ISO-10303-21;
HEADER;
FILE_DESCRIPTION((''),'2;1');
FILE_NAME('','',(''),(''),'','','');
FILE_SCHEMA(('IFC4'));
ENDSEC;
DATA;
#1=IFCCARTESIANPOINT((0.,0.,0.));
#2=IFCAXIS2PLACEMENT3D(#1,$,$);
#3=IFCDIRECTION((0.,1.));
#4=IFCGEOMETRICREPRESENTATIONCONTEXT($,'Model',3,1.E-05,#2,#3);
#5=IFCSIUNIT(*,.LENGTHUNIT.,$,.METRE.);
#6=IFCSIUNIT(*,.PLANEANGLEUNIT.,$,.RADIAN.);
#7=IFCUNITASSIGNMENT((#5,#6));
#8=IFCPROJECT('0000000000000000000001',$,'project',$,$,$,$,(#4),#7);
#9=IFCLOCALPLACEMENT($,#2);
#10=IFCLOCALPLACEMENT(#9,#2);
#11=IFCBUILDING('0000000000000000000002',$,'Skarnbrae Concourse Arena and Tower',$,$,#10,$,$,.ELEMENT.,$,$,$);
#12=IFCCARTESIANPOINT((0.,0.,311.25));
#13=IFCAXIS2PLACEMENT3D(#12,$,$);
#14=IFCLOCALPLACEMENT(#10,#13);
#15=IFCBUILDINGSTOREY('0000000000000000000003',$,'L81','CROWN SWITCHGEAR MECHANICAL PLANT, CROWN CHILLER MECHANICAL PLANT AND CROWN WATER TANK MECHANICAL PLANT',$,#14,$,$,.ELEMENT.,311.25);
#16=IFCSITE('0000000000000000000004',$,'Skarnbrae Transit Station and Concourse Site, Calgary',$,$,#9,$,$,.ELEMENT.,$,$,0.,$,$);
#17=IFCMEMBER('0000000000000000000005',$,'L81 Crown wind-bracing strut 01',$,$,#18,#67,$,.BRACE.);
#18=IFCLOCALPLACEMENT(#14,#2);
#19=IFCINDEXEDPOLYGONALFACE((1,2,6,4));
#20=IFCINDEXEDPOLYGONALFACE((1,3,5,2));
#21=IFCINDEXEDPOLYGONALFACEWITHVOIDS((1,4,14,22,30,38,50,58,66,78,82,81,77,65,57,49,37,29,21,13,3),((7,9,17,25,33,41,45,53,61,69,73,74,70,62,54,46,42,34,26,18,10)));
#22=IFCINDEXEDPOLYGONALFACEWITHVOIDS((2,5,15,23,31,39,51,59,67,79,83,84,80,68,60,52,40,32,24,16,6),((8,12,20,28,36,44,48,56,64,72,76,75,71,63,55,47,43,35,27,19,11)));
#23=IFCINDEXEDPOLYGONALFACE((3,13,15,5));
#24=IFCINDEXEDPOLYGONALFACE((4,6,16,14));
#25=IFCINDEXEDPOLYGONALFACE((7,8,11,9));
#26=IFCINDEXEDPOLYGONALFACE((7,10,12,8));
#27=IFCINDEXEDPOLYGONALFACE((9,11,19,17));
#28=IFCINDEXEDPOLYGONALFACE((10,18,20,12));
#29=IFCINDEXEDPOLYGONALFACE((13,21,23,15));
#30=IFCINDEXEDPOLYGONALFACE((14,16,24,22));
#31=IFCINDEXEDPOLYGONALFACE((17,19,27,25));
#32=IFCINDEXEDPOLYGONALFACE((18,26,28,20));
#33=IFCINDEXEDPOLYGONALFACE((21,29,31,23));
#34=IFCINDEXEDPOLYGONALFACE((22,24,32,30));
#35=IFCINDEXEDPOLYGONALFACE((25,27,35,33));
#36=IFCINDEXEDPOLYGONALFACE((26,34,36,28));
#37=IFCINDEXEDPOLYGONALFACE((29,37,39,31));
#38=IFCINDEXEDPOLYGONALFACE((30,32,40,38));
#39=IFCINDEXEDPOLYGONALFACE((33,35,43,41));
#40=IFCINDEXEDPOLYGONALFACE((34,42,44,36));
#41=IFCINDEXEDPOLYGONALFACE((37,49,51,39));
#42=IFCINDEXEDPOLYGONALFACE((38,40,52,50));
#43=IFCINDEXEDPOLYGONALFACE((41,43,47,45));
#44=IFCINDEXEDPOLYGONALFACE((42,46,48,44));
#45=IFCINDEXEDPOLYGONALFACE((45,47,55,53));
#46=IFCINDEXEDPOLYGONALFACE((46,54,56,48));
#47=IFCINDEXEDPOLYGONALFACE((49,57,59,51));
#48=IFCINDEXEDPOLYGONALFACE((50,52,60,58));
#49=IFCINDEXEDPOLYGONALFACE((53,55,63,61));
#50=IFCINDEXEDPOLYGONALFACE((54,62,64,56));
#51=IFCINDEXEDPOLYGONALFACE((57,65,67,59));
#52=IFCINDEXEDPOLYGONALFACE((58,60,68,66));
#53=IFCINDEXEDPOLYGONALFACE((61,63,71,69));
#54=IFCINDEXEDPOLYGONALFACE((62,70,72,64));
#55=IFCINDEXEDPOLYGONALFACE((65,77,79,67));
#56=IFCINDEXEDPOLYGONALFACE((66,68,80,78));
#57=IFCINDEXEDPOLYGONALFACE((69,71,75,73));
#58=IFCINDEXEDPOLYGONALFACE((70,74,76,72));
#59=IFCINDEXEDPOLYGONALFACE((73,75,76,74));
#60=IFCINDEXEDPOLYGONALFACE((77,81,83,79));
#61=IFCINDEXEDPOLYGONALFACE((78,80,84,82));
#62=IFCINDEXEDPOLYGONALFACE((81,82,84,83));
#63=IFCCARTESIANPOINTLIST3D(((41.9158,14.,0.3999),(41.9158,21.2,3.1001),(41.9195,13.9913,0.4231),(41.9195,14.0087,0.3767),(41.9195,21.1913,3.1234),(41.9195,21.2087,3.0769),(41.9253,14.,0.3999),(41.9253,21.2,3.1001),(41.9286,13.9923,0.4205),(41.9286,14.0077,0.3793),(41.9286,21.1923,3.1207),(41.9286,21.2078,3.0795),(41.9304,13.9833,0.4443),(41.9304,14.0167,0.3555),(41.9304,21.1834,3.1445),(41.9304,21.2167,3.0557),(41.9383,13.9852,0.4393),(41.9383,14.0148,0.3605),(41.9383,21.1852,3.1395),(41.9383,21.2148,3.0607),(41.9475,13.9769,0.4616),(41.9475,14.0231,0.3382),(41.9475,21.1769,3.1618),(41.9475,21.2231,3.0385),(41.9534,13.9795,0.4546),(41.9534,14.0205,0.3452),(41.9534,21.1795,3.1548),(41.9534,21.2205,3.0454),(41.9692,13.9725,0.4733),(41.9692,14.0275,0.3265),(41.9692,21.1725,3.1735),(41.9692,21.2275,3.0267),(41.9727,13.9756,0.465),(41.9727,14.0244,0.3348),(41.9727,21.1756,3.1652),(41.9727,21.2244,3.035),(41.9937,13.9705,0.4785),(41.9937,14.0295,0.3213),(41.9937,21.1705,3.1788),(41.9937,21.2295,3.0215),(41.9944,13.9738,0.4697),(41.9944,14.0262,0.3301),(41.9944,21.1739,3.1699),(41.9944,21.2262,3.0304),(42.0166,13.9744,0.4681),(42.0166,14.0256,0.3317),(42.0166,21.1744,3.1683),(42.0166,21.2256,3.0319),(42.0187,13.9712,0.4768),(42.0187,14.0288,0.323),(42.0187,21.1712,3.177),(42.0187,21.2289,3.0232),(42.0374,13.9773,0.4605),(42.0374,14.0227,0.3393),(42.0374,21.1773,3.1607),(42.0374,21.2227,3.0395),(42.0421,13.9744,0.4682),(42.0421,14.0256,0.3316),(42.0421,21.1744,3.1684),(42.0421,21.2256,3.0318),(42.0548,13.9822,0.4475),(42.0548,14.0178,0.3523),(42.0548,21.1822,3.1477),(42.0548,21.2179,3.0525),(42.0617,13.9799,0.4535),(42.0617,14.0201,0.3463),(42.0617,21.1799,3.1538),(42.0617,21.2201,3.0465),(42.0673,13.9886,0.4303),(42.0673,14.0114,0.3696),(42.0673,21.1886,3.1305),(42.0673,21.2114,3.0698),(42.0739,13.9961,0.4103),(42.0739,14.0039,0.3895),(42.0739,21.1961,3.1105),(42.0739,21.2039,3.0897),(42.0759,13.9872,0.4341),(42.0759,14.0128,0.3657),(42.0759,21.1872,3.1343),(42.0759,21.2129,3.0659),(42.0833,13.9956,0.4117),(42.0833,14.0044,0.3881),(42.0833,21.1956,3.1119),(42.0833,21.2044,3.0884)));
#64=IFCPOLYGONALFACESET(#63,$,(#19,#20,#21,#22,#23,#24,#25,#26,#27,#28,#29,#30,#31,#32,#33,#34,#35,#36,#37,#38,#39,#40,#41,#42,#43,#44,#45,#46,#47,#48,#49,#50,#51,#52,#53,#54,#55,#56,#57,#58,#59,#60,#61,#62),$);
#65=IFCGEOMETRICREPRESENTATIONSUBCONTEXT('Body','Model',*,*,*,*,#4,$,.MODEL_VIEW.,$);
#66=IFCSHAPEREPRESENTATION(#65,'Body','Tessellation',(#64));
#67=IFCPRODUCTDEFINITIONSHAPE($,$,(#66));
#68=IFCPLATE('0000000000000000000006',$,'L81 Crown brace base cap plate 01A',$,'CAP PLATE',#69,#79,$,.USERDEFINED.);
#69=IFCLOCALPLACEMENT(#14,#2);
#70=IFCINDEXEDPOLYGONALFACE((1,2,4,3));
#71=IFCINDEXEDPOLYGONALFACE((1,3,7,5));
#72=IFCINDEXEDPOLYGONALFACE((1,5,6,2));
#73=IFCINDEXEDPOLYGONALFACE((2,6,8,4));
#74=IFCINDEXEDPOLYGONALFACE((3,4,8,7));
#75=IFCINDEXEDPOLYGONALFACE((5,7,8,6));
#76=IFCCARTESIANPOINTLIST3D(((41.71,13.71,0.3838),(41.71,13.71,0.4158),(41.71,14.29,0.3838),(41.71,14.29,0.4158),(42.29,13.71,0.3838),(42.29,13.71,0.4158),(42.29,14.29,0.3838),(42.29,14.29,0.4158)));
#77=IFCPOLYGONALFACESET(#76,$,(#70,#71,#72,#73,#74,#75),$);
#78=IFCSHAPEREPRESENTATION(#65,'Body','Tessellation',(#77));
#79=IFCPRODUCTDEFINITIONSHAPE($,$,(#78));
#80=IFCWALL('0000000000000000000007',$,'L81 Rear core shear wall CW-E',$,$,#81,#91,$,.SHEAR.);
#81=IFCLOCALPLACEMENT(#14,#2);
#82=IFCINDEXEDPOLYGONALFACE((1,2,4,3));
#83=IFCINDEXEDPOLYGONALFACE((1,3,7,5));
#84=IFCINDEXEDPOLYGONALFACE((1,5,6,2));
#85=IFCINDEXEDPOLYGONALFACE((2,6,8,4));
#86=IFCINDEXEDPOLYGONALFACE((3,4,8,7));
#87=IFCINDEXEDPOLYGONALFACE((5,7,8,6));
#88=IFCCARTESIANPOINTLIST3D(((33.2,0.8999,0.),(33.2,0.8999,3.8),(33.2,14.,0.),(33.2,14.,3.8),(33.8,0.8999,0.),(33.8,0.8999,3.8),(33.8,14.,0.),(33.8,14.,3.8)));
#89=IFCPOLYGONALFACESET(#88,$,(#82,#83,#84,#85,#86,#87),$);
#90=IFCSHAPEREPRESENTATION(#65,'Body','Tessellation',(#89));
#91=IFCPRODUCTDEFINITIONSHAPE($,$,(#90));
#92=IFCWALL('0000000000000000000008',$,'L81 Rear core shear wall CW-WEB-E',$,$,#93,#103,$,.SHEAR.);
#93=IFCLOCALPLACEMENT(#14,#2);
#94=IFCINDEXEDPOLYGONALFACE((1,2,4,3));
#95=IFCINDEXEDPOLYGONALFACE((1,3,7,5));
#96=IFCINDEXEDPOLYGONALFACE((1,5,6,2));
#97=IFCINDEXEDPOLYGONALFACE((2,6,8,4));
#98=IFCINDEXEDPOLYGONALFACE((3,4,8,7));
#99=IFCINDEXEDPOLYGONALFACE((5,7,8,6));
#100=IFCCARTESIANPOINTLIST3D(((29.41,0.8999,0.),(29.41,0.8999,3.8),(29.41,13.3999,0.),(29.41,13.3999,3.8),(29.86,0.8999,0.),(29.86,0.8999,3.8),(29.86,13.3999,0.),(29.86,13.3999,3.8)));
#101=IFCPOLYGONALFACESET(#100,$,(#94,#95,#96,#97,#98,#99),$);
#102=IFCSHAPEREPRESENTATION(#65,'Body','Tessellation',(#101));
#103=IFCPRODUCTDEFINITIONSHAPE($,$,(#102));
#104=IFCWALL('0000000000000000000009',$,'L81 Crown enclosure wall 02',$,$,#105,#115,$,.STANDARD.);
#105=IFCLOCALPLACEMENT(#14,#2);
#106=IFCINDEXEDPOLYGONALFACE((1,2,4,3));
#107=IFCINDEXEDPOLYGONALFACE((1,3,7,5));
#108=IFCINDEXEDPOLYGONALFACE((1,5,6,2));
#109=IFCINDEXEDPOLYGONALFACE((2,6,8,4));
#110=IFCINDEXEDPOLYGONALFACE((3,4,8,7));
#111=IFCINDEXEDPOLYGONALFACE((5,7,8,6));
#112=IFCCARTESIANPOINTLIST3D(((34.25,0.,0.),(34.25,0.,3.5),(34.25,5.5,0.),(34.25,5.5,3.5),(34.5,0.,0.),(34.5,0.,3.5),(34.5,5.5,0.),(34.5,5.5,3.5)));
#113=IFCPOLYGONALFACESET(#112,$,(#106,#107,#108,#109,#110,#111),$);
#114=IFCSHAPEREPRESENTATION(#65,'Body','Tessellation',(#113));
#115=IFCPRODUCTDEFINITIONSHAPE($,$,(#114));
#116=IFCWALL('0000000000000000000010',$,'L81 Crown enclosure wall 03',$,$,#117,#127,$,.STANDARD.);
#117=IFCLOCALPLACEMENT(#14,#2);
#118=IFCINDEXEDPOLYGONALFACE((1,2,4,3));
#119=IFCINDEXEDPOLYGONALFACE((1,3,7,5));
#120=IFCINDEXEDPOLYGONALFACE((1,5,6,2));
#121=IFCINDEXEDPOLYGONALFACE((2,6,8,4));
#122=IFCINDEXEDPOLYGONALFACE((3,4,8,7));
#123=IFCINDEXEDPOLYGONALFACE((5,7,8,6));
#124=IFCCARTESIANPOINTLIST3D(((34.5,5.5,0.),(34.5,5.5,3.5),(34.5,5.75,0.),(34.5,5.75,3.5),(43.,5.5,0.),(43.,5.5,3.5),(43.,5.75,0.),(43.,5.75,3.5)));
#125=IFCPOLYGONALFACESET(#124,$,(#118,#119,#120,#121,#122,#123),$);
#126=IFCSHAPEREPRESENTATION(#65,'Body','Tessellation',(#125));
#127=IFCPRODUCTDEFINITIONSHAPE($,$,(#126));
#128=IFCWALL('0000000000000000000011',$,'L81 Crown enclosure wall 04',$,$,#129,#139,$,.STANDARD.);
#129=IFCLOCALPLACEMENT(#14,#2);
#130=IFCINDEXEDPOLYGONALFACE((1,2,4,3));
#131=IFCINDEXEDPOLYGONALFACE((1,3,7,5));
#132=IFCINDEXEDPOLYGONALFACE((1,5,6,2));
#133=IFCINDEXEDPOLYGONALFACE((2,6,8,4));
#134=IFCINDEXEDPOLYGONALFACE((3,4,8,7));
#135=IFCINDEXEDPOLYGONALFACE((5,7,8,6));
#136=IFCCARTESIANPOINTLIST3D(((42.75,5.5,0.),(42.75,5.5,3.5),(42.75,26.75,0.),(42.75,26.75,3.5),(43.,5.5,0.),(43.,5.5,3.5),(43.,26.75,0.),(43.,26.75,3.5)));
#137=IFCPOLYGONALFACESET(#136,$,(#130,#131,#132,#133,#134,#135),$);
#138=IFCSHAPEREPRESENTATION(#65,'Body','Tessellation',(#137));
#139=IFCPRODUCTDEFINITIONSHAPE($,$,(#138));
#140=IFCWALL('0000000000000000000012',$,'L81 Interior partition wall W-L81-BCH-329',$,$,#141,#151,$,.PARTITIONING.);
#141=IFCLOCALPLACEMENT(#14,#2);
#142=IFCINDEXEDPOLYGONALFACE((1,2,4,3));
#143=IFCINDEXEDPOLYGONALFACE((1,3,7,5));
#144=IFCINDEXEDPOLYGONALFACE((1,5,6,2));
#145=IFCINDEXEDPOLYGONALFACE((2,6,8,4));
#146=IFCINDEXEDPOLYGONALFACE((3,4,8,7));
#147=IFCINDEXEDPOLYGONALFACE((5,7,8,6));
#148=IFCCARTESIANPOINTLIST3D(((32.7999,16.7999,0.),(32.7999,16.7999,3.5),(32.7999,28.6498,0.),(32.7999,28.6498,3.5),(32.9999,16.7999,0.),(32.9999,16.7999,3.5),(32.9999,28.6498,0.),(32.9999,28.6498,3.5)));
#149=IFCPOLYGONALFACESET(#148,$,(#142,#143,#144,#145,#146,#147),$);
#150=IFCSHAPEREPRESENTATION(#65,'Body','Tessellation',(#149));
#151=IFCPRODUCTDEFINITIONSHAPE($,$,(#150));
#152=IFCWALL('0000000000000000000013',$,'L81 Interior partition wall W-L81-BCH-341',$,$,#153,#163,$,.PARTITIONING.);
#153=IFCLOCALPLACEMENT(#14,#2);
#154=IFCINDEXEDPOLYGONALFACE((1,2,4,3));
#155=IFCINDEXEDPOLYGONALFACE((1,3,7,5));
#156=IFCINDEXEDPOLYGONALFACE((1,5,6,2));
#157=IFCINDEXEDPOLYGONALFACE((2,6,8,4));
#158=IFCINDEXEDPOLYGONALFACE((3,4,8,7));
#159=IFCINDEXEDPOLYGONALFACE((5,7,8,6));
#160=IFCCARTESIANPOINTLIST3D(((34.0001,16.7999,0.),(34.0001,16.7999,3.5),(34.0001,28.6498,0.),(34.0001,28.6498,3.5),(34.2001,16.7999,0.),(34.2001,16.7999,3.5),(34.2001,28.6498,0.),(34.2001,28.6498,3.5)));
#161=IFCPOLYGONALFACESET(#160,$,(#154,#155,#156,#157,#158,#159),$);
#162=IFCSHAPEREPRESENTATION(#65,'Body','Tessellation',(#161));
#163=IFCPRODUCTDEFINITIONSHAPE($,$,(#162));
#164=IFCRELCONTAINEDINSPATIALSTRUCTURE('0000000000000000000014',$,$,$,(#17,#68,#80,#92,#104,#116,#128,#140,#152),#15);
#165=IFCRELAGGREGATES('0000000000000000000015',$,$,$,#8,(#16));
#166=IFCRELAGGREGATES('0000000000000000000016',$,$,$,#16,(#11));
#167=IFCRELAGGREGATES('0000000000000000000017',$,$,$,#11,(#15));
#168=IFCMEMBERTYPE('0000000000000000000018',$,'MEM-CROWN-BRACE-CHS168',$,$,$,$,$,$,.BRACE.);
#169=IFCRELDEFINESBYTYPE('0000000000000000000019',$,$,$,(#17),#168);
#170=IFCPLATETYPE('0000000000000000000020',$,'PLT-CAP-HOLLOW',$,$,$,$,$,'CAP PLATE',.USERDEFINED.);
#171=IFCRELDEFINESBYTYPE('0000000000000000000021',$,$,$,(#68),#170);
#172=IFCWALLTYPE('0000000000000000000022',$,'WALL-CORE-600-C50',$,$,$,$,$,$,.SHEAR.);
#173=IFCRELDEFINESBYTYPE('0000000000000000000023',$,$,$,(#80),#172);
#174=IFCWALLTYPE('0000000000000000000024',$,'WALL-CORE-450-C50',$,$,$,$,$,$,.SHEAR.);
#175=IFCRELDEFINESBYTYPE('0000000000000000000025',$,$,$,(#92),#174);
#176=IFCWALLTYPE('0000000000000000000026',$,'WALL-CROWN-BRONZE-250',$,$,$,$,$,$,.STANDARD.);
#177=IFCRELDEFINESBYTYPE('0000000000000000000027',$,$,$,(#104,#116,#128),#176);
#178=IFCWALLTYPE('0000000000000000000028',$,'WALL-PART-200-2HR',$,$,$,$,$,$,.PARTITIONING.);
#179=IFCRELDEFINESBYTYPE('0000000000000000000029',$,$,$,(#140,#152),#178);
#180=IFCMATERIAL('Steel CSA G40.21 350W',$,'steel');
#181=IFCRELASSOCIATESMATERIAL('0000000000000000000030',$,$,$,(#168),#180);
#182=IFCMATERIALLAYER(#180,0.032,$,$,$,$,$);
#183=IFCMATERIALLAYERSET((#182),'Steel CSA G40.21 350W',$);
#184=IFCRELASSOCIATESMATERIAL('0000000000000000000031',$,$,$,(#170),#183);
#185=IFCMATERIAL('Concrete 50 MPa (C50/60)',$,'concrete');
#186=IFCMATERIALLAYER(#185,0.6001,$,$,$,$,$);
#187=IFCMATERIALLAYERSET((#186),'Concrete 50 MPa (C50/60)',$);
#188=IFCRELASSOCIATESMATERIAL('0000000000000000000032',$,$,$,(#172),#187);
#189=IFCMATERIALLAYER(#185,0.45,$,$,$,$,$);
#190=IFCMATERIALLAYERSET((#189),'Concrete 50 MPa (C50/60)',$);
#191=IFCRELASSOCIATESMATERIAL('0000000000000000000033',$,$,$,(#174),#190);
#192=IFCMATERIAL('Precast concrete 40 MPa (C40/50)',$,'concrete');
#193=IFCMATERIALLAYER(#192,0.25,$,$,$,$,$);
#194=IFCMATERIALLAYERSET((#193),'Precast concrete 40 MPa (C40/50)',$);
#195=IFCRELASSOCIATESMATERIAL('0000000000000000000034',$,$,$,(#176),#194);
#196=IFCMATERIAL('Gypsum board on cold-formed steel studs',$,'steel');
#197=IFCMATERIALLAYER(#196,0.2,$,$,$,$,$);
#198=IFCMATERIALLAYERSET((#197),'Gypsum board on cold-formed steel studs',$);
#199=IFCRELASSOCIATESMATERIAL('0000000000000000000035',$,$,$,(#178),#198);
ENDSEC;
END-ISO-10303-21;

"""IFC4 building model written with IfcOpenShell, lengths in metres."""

from ifc_helpers import new_model, si_unit, direction, frame, frame_2d, origin, origin_2d, place, context, subcontext, project, spatial, rectangle, hollow_circle, extrude, source, transform, mapped, material, layer, layer_set, material_profile, profile_set, type_object, element, save


model = new_model("IFC4")

# Units and contexts
model_context = context("Model", 3, precision=1e-05, world=origin(), true_north=direction((0.0, 1.0)))
body_context = subcontext(model_context, "Body", "Model", "MODEL_VIEW")
ifc_project = project(units=[si_unit("LENGTHUNIT", "METRE"), si_unit("PLANEANGLEUNIT", "RADIAN")], contexts=[model_context])

# Site, building, storey
site_placement = place(None, origin())
site = spatial("IfcSite", under=ifc_project, at=site_placement, Name="Skarnbrae Transit Station and Concourse Site, Calgary", CompositionType="ELEMENT", RefElevation=0.0)
building_placement = place(site_placement, origin())
building = spatial("IfcBuilding", under=site, at=building_placement, Name="Skarnbrae Concourse Arena and Tower", CompositionType="ELEMENT")
storey_placement = place(building_placement, frame((0.0, 0.0, 311.25)))
storey = spatial("IfcBuildingStorey", under=building, at=storey_placement, Name="L81", Description="CROWN SWITCHGEAR MECHANICAL PLANT, CROWN CHILLER MECHANICAL PLANT AND CROWN WATER TANK MECHANICAL PLANT", CompositionType="ELEMENT", Elevation=311.25)

# Shared definitions
ifc_material_1 = material(Name="Steel CSA G40.21 350W", Category="steel")

# Member
ifc_material_profile_1 = material_profile(ifc_material_1, hollow_circle(Radius=0.0842, WallThickness=0.0095, at=origin_2d()), Name="HSS168X9.5")
ifc_profile_set_1 = profile_set([ifc_material_profile_1], Name="Steel CSA G40.21 350W")
member_type = type_object("IfcMemberType", Name="MEM-CROWN-BRACE-CHS168", PredefinedType="BRACE", material=ifc_profile_set_1)
shared_shape_1 = source(origin(), body_context, "Body", "SweptSolid", [
    extrude(hollow_circle(Radius=0.0842, WallThickness=0.0095, at=origin_2d()), origin(), (0.0, 0.0, 1.0), 7.6897),
])
member_placement = place(storey_placement, frame((42.0, 14.0, 0.3999), z_axis=(0.0, 0.93632, 0.351148), x_axis=(-1.0, 0.0, 0.0)))
element("IfcMember", 1, at=member_placement, inside=storey, type_object=member_type, Name="L81 Crown wind-bracing strut 01", PredefinedType="BRACE", context=body_context, shape_type="MappedRepresentation", body=[
    mapped(shared_shape_1, transform((0.0, 0.0, 0.0))),
])

# Plate
ifc_layer_1 = layer(ifc_material_1, 0.032)
ifc_layer_set_1 = layer_set([ifc_layer_1], Name="Steel CSA G40.21 350W")
plate_type = type_object("IfcPlateType", Name="PLT-CAP-HOLLOW", ElementType="CAP PLATE", PredefinedType="USERDEFINED", material=ifc_layer_set_1)
shared_shape_2 = source(origin(), body_context, "Body", "SweptSolid", [
    extrude(rectangle(XDim=0.5801, YDim=0.5801, at=origin_2d()), origin(), (0.0, 0.0, 1.0), 0.032),
])
plate_placement = place(storey_placement, frame((42.0, 14.0, 0.3838), z_axis=(0.0, 0.0, 1.0), x_axis=(1.0, 0.0, 0.0)))
element("IfcPlate", 2, at=plate_placement, inside=storey, type_object=plate_type, Name="L81 Crown brace base cap plate 01A", ObjectType="CAP PLATE", PredefinedType="USERDEFINED", context=body_context, shape_type="MappedRepresentation", body=[
    mapped(shared_shape_2, transform((0.0, 0.0, 0.0))),
])

# Walls
ifc_material_2 = material(Name="Concrete 50 MPa (C50/60)", Category="concrete")
ifc_layer_2 = layer(ifc_material_2, 0.6001)
ifc_layer_set_2 = layer_set([ifc_layer_2], Name="Concrete 50 MPa (C50/60)")
wall_type_1 = type_object("IfcWallType", Name="WALL-CORE-600-C50", PredefinedType="SHEAR", material=ifc_layer_set_2)
shared_shape_3 = source(origin(), body_context, "Body", "SweptSolid", [
    extrude(rectangle(XDim=13.1001, YDim=0.6001, at=frame_2d((6.55, 0.0))), origin(), (0.0, 0.0, 1.0), 3.8),
])
wall_1_placement = place(storey_placement, frame((33.5, 0.8999, 0.0), z_axis=(0.0, 0.0, 1.0), x_axis=(0.0, 1.0, 0.0)))
element("IfcWall", 3, at=wall_1_placement, inside=storey, type_object=wall_type_1, Name="L81 Rear core shear wall CW-E", PredefinedType="SHEAR", context=body_context, shape_type="MappedRepresentation", body=[
    mapped(shared_shape_3, transform((0.0, 0.0, 0.0))),
])
ifc_layer_3 = layer(ifc_material_2, 0.45)
ifc_layer_set_3 = layer_set([ifc_layer_3], Name="Concrete 50 MPa (C50/60)")
wall_type_2 = type_object("IfcWallType", Name="WALL-CORE-450-C50", PredefinedType="SHEAR", material=ifc_layer_set_3)
shared_shape_4 = source(origin(), body_context, "Body", "SweptSolid", [
    extrude(rectangle(XDim=12.5, YDim=0.45, at=frame_2d((6.25, 0.0))), origin(), (0.0, 0.0, 1.0), 3.8),
])
wall_2_placement = place(storey_placement, frame((29.635, 0.8999, 0.0), z_axis=(0.0, 0.0, 1.0), x_axis=(0.0, 1.0, 0.0)))
element("IfcWall", 4, at=wall_2_placement, inside=storey, type_object=wall_type_2, Name="L81 Rear core shear wall CW-WEB-E", PredefinedType="SHEAR", context=body_context, shape_type="MappedRepresentation", body=[
    mapped(shared_shape_4, transform((0.0, 0.0, 0.0))),
])

# Walls
ifc_material_3 = material(Name="Precast concrete 40 MPa (C40/50)", Category="concrete")
ifc_layer_4 = layer(ifc_material_3, 0.25)
ifc_layer_set_4 = layer_set([ifc_layer_4], Name="Precast concrete 40 MPa (C40/50)")
wall_type_3 = type_object("IfcWallType", Name="WALL-CROWN-BRONZE-250", PredefinedType="STANDARD", material=ifc_layer_set_4)
shared_shape_5 = source(origin(), body_context, "Body", "SweptSolid", [
    extrude(rectangle(XDim=5.5, YDim=0.25, at=frame_2d((2.75, 0.0))), origin(), (0.0, 0.0, 1.0), 3.5),
])
wall_3_placement = place(storey_placement, frame((34.375, 0.0, 0.0), z_axis=(0.0, 0.0, 1.0), x_axis=(0.0, 1.0, 0.0)))
element("IfcWall", 5, at=wall_3_placement, inside=storey, type_object=wall_type_3, Name="L81 Crown enclosure wall 02", PredefinedType="STANDARD", context=body_context, shape_type="MappedRepresentation", body=[
    mapped(shared_shape_5, transform((0.0, 0.0, 0.0))),
])
shared_shape_6 = source(origin(), body_context, "Body", "SweptSolid", [
    extrude(rectangle(XDim=8.5, YDim=0.25, at=frame_2d((4.25, 0.0))), origin(), (0.0, 0.0, 1.0), 3.5),
])
wall_4_placement = place(storey_placement, frame((34.5, 5.625, 0.0), z_axis=(0.0, 0.0, 1.0), x_axis=(1.0, 0.0, 0.0)))
element("IfcWall", 6, at=wall_4_placement, inside=storey, type_object=wall_type_3, Name="L81 Crown enclosure wall 03", PredefinedType="STANDARD", context=body_context, shape_type="MappedRepresentation", body=[
    mapped(shared_shape_6, transform((0.0, 0.0, 0.0))),
])
shared_shape_7 = source(origin(), body_context, "Body", "SweptSolid", [
    extrude(rectangle(XDim=21.25, YDim=0.25, at=frame_2d((10.625, 0.0))), origin(), (0.0, 0.0, 1.0), 3.5),
])
wall_5_placement = place(storey_placement, frame((42.875, 5.5, 0.0), z_axis=(0.0, 0.0, 1.0), x_axis=(0.0, 1.0, 0.0)))
element("IfcWall", 7, at=wall_5_placement, inside=storey, type_object=wall_type_3, Name="L81 Crown enclosure wall 04", PredefinedType="STANDARD", context=body_context, shape_type="MappedRepresentation", body=[
    mapped(shared_shape_7, transform((0.0, 0.0, 0.0))),
])
ifc_material_4 = material(Name="Gypsum board on cold-formed steel studs", Category="steel")
ifc_layer_5 = layer(ifc_material_4, 0.2)
ifc_layer_set_5 = layer_set([ifc_layer_5], Name="Gypsum board on cold-formed steel studs")
wall_type_4 = type_object("IfcWallType", Name="WALL-PART-200-2HR", PredefinedType="PARTITIONING", material=ifc_layer_set_5)
shared_shape_8 = source(origin(), body_context, "Body", "SweptSolid", [
    extrude(rectangle(XDim=11.8499, YDim=0.2, at=frame_2d((5.9248, 0.0))), origin(), (0.0, 0.0, 1.0), 3.5),
])
for number, where, z_axis, x_axis, name in (
    (8, (32.8999, 16.8, 0.0), (0.0, 0.0, 1.0), (0.0, 1.0, 0.0), "L81 Interior partition wall W-L81-BCH-329"),
    (9, (34.1001, 16.8, 0.0), (0.0, 0.0, 1.0), (0.0, 1.0, 0.0), "L81 Interior partition wall W-L81-BCH-341"),
):
    element("IfcWall", number, at=place(storey_placement, frame(where, z_axis=z_axis, x_axis=x_axis)), inside=storey, type_object=wall_type_4, Name=name, PredefinedType="PARTITIONING", context=body_context, shape_type="MappedRepresentation", body=[
        mapped(shared_shape_8, transform((0.0, 0.0, 0.0))),
    ])

save(model, "model.ifc")
